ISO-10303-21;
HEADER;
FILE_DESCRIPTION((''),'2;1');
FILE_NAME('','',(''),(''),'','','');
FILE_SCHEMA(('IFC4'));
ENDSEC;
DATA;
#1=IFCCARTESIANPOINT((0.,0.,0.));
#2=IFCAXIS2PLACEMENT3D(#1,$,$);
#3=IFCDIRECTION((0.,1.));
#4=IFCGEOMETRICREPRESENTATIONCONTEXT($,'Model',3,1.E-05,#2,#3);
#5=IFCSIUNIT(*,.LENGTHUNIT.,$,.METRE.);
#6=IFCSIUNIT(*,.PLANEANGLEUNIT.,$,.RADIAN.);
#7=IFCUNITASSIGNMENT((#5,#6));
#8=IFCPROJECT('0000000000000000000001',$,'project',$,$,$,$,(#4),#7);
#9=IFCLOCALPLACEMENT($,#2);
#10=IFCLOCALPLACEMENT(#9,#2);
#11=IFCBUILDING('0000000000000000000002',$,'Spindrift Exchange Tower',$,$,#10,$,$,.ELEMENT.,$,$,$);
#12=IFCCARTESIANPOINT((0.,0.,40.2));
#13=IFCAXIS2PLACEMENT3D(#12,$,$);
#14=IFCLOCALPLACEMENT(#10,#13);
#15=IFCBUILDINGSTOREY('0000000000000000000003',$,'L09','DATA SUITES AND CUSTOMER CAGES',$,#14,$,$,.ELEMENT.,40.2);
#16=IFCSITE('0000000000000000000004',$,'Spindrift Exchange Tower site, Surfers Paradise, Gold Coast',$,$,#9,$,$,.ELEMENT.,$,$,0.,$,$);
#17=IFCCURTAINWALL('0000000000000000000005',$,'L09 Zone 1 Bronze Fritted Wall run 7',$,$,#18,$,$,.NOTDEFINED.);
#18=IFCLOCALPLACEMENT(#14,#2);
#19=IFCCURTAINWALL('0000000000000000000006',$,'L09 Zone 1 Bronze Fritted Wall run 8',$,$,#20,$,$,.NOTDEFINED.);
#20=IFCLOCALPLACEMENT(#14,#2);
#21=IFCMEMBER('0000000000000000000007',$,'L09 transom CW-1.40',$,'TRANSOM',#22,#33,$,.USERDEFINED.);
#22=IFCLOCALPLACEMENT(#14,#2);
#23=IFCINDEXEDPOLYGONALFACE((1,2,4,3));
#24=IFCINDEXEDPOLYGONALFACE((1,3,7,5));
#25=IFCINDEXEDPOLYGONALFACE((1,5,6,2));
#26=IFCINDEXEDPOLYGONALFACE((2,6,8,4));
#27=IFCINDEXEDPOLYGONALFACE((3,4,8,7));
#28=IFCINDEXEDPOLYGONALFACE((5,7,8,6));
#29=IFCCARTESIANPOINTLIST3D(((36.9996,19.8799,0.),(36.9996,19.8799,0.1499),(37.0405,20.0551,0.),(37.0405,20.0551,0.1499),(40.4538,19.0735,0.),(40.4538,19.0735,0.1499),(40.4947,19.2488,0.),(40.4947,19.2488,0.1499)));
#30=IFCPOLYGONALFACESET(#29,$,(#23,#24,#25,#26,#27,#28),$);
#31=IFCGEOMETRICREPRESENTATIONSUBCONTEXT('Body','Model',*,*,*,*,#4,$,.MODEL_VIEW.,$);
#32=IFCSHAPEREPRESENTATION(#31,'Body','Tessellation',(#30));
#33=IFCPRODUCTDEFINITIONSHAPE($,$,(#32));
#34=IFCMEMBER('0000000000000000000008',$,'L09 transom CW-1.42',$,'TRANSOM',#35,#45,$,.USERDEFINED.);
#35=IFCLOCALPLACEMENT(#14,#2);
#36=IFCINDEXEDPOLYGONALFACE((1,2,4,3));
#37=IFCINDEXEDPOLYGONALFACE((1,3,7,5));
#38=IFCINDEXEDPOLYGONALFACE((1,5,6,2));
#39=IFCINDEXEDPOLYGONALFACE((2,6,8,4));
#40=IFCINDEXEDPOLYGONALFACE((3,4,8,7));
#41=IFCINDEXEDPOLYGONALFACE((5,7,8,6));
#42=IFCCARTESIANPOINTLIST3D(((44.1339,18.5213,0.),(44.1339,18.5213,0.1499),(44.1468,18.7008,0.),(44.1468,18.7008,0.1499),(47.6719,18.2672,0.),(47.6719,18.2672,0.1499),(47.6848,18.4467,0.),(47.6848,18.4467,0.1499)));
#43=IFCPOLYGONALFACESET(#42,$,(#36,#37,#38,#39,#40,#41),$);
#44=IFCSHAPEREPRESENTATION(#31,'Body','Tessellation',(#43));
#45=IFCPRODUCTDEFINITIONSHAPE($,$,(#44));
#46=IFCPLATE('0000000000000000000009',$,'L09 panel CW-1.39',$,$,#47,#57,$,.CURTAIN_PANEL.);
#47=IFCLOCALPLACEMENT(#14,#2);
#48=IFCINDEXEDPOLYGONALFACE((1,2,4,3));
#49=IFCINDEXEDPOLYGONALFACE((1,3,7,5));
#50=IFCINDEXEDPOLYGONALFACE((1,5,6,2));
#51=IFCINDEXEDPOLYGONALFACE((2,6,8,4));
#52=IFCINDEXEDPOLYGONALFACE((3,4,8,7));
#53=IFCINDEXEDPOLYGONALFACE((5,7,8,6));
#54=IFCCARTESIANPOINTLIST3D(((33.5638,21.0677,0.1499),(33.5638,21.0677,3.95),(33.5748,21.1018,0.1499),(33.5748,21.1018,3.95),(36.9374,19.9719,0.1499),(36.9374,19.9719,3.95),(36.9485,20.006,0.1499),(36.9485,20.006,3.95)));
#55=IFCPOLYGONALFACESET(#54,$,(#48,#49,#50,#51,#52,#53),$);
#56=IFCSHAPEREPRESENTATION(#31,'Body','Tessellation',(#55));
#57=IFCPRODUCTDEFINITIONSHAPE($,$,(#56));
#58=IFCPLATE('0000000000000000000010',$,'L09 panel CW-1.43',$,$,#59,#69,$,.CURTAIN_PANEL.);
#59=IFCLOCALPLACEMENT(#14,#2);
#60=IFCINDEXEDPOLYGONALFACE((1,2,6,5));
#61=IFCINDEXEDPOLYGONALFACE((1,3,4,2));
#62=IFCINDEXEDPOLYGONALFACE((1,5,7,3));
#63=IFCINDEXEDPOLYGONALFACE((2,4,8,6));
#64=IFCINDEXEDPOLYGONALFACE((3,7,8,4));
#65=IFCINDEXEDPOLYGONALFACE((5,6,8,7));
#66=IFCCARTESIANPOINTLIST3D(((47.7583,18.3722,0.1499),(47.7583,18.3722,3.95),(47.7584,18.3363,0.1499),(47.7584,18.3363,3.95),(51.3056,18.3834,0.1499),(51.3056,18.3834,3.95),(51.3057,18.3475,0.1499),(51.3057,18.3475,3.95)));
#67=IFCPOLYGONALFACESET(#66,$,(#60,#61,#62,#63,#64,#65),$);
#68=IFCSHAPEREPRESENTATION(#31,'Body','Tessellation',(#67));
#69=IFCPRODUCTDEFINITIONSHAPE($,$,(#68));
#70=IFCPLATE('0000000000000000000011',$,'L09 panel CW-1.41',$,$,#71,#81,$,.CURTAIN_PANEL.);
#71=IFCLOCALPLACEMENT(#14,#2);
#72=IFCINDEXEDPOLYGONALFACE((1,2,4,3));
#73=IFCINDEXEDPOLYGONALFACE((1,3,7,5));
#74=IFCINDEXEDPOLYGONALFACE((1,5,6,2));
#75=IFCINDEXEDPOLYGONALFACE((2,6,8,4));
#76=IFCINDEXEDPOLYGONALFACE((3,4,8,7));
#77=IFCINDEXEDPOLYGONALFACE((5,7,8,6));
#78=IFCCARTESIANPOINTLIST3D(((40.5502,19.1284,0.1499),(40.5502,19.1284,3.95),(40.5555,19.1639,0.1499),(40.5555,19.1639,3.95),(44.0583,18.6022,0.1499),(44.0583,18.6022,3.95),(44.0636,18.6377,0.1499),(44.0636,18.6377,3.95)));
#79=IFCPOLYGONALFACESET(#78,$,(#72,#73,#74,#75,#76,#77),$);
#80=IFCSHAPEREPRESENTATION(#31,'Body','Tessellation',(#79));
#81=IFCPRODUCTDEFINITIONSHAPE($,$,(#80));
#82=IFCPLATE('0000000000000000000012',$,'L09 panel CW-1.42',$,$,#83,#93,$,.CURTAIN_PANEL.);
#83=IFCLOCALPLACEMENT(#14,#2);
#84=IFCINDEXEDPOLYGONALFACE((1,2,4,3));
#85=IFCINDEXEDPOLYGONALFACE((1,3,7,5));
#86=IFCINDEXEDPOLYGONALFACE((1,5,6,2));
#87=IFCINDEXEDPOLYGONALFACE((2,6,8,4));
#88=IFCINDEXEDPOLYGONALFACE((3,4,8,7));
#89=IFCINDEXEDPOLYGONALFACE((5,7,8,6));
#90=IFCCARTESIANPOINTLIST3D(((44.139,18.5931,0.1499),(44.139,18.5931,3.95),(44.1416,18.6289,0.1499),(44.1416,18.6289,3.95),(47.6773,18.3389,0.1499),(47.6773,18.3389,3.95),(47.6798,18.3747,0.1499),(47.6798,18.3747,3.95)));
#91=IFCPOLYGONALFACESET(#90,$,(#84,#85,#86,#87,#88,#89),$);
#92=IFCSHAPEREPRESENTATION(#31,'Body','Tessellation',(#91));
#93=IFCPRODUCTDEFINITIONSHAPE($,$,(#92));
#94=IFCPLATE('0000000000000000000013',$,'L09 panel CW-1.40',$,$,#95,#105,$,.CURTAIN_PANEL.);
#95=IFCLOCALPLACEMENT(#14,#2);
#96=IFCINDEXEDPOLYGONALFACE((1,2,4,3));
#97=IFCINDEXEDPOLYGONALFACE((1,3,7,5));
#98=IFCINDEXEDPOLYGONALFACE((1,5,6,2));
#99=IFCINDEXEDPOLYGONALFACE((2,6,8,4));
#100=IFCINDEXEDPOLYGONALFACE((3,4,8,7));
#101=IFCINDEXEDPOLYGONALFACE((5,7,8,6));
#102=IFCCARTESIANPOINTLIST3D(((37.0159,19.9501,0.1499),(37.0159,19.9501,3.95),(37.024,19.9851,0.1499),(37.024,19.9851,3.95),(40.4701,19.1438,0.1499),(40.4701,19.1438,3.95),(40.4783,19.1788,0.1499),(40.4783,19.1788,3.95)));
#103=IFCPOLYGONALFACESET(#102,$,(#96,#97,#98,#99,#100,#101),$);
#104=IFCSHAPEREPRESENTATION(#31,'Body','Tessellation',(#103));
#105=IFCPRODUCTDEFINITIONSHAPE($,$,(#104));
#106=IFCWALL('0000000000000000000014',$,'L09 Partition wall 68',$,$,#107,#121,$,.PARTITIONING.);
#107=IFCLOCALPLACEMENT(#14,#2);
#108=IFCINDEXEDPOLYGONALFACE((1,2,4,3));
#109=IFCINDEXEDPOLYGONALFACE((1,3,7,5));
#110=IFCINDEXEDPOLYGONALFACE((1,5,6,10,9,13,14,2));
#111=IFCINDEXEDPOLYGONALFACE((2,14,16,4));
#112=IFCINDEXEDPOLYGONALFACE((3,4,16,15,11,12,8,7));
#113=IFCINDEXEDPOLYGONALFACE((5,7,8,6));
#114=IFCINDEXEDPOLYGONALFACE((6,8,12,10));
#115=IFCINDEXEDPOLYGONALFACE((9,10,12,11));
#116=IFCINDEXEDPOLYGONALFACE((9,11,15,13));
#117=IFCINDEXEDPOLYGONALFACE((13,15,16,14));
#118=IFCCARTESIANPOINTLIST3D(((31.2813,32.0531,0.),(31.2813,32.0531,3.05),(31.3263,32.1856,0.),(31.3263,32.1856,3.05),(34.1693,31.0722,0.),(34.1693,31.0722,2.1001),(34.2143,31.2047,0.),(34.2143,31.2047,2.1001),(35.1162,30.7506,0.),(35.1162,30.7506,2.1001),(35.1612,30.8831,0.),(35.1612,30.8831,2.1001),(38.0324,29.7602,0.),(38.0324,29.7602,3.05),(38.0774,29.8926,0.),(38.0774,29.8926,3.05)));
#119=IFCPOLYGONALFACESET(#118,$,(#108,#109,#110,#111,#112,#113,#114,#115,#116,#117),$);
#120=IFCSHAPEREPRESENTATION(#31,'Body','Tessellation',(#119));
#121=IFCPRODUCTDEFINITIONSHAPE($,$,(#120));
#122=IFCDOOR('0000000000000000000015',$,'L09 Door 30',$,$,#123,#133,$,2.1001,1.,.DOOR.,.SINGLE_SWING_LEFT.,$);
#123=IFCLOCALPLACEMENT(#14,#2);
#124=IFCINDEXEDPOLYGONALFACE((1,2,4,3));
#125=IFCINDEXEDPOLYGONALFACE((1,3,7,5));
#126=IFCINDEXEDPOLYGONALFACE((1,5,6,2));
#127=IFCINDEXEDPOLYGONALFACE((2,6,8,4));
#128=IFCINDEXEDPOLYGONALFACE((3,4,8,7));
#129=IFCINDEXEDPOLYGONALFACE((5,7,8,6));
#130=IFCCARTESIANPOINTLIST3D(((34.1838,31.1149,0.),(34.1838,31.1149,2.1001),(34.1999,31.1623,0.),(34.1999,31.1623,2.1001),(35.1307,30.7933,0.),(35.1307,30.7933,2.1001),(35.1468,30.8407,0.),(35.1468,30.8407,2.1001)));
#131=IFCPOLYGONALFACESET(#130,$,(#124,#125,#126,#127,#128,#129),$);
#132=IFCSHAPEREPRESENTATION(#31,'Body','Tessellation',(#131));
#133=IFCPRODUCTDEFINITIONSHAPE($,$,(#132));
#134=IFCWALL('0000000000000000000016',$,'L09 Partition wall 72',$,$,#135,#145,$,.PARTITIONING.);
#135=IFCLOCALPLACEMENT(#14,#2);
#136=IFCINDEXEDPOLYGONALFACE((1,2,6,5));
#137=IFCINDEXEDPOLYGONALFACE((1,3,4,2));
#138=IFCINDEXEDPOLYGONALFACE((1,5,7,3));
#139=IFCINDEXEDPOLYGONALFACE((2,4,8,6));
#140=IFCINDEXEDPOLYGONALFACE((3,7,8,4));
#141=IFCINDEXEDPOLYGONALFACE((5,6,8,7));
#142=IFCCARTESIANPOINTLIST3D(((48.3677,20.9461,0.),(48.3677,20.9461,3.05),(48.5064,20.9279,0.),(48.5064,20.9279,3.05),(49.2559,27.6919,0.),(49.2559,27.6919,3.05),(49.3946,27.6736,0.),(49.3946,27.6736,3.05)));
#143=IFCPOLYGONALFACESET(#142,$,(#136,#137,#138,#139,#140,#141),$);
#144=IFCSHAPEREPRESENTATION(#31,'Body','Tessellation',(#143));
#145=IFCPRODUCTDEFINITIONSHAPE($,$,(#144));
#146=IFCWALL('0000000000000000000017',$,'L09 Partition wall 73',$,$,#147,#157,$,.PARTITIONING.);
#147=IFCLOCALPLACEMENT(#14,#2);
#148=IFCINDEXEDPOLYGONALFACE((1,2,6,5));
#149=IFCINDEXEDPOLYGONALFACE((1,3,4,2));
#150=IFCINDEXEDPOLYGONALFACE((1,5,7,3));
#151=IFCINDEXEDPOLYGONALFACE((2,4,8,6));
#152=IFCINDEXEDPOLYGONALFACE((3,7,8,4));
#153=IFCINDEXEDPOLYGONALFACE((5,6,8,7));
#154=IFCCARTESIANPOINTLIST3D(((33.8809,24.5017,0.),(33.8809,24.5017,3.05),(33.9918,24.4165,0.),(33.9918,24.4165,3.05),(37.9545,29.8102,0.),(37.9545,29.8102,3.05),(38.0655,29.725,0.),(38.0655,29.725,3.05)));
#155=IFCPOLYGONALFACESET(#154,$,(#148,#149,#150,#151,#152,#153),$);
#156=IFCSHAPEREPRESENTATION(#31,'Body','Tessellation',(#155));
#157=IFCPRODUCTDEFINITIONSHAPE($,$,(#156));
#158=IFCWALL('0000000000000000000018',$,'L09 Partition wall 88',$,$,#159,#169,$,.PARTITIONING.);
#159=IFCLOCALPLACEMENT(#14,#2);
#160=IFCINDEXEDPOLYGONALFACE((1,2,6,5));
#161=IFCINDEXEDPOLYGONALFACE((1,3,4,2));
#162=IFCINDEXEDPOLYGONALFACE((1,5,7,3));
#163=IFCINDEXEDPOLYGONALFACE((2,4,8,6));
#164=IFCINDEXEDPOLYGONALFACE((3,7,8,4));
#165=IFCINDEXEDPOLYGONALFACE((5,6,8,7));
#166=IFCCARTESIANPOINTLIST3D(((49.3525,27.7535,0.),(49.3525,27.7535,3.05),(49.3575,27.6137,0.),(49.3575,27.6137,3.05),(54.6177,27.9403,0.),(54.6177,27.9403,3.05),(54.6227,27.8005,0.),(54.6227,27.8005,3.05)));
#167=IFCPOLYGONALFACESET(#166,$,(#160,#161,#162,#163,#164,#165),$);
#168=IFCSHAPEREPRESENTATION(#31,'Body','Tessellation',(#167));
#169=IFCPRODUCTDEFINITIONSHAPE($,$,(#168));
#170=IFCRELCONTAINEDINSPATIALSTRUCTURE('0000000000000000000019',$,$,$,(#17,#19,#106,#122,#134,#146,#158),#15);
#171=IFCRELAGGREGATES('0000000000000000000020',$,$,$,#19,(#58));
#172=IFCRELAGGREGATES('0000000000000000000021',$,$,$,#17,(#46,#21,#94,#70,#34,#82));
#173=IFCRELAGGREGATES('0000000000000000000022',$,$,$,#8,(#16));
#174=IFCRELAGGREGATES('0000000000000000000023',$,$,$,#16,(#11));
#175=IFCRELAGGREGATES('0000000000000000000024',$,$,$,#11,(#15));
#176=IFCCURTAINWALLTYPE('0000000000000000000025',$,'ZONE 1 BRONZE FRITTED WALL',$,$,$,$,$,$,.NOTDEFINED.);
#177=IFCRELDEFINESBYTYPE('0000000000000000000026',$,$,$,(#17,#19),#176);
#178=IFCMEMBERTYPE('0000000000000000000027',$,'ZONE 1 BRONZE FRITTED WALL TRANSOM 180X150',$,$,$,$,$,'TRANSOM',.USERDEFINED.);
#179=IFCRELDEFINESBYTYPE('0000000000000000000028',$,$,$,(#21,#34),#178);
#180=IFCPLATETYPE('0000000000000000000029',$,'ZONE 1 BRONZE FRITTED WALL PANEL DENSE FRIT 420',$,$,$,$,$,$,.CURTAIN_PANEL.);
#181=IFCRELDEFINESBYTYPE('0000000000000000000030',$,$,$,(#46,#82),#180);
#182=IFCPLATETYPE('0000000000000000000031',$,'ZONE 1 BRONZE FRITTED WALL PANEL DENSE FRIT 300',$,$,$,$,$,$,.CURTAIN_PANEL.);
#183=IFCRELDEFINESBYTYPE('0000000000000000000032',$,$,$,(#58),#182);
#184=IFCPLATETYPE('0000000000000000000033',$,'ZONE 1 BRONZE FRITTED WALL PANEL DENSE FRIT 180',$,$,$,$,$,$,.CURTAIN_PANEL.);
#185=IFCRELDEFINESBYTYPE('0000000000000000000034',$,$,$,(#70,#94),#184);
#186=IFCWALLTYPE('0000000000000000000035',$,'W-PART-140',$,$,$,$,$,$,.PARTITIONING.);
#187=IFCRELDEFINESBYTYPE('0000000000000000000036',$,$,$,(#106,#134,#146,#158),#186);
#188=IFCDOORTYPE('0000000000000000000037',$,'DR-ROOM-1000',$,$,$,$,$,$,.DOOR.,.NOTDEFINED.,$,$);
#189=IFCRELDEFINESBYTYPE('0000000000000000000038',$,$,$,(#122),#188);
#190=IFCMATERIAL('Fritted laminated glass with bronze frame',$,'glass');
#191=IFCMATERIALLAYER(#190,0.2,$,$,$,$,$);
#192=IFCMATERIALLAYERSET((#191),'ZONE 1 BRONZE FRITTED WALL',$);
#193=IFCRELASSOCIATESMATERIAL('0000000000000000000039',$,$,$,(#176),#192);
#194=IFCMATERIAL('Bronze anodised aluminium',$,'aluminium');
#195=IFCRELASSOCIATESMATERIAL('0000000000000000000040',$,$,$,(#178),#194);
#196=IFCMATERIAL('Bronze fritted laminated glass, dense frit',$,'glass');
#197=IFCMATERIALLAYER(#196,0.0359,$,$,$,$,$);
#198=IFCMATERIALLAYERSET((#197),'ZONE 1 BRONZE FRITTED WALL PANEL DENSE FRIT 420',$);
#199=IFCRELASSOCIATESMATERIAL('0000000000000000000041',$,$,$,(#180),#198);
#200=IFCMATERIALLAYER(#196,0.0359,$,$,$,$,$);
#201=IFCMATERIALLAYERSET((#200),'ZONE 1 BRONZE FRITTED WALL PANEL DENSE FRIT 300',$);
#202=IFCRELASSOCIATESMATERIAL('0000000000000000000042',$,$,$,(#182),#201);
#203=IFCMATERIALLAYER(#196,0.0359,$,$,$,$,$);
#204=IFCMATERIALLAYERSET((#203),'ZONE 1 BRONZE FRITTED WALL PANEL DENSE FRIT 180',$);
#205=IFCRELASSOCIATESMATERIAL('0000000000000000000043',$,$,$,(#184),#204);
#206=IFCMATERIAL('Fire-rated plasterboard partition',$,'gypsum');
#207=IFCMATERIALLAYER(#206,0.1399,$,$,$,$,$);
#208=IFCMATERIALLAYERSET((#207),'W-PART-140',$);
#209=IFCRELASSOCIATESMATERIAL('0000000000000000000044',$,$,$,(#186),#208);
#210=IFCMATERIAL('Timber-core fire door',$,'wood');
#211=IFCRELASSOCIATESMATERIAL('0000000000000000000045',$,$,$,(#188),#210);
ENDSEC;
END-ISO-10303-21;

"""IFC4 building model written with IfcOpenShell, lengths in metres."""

from ifc_helpers import new_model, si_unit, direction, frame, frame_2d, origin, origin_2d, place, context, subcontext, project, spatial, rectangle, extrude, source, transform, mapped, material, layer, layer_set, material_profile, profile_set, type_object, element, fill, aggregate, save


model = new_model("IFC4")

# Units and contexts
model_context = context("Model", 3, precision=1e-05, world=origin(), true_north=direction((0.0, 1.0)))
body_context = subcontext(model_context, "Body", "Model", "MODEL_VIEW")
ifc_project = project(units=[si_unit("LENGTHUNIT", "METRE"), si_unit("PLANEANGLEUNIT", "RADIAN")], contexts=[model_context])

# Site, building, storey
site_placement = place(None, origin())
site = spatial("IfcSite", under=ifc_project, at=site_placement, Name="Spindrift Exchange Tower site, Surfers Paradise, Gold Coast", CompositionType="ELEMENT", RefElevation=0.0)
building_placement = place(site_placement, origin())
building = spatial("IfcBuilding", under=site, at=building_placement, Name="Spindrift Exchange Tower", CompositionType="ELEMENT")
storey_placement = place(building_placement, frame((0.0, 0.0, 40.2)))
storey = spatial("IfcBuildingStorey", under=building, at=storey_placement, Name="L09", Description="DATA SUITES AND CUSTOMER CAGES", CompositionType="ELEMENT", Elevation=40.2)

# Curtain wall
ifc_material_1 = material(Name="Fritted laminated glass with bronze frame", Category="glass")
ifc_layer_1 = layer(ifc_material_1, 0.2)
ifc_layer_set_1 = layer_set([ifc_layer_1], Name="ZONE 1 BRONZE FRITTED WALL")
curtain_wall_type = type_object("IfcCurtainWallType", Name="ZONE 1 BRONZE FRITTED WALL", PredefinedType="NOTDEFINED", material=ifc_layer_set_1)
curtain_wall_1_placement = place(storey_placement, origin())
curtain_wall_1 = element("IfcCurtainWall", 1, at=curtain_wall_1_placement, inside=storey, type_object=curtain_wall_type, Name="L09 Zone 1 Bronze Fritted Wall run 7", PredefinedType="NOTDEFINED")
ifc_material_2 = material(Name="Bronze anodised aluminium", Category="aluminium")

# Curtain wall
curtain_wall_2_placement = place(storey_placement, origin())
curtain_wall_2 = element("IfcCurtainWall", 2, at=curtain_wall_2_placement, inside=storey, type_object=curtain_wall_type, Name="L09 Zone 1 Bronze Fritted Wall run 8", PredefinedType="NOTDEFINED")

# Members
ifc_material_profile_1 = material_profile(ifc_material_2, rectangle(XDim=0.1799, YDim=0.1499, at=origin_2d()), Name="ZONE 1 BRONZE FRITTED WALL TRANSOM 180X150")
ifc_profile_set_1 = profile_set([ifc_material_profile_1], Name="Bronze anodised aluminium")
member_type_1 = type_object("IfcMemberType", Name="ZONE 1 BRONZE FRITTED WALL TRANSOM 180X150", ElementType="TRANSOM", PredefinedType="USERDEFINED", material=ifc_profile_set_1)
shared_shape_1 = source(origin(), body_context, "Body", "SweptSolid", [
    extrude(rectangle(XDim=0.1799, YDim=0.1499, at=origin_2d()), origin(), (0.0, 0.0, 1.0), 3.5471),
])
member_1_placement = place(storey_placement, frame((37.02, 19.9675, 0.075), z_axis=(0.973817, -0.227332, 0.0), x_axis=(0.227332, 0.973817, 0.0)))
member_1 = element("IfcMember", 3, at=member_1_placement, type_object=member_type_1, Name="L09 transom CW-1.40", ObjectType="TRANSOM", PredefinedType="USERDEFINED", context=body_context, shape_type="MappedRepresentation", body=[
    mapped(shared_shape_1, transform((0.0, 0.0, 0.0), scale=1.0)),
])
member_2_placement = place(storey_placement, frame((44.1404, 18.6111, 0.075), z_axis=(0.99743, -0.071648, 0.0), x_axis=(0.071648, 0.99743, 0.0)))
member_2 = element("IfcMember", 4, at=member_2_placement, type_object=member_type_1, Name="L09 transom CW-1.42", ObjectType="TRANSOM", PredefinedType="USERDEFINED", context=body_context, shape_type="MappedRepresentation", body=[
    mapped(shared_shape_1, transform((0.0, 0.0, 0.0), scale=1.0)),
])

# Plates
ifc_material_3 = material(Name="Bronze fritted laminated glass, dense frit", Category="glass")
ifc_layer_2 = layer(ifc_material_3, 0.0359)
ifc_layer_set_2 = layer_set([ifc_layer_2], Name="ZONE 1 BRONZE FRITTED WALL PANEL DENSE FRIT 420")
plate_type_1 = type_object("IfcPlateType", Name="ZONE 1 BRONZE FRITTED WALL PANEL DENSE FRIT 420", PredefinedType="CURTAIN_PANEL", material=ifc_layer_set_2)
shared_shape_2 = source(origin(), body_context, "Body", "SweptSolid", [
    extrude(rectangle(XDim=3.5471, YDim=0.0359, at=origin_2d()), origin(), (0.0, 0.0, 1.0), 3.8),
])
plate_1_placement = place(storey_placement, frame((35.2561, 20.5369, 0.1499), z_axis=(0.0, 0.0, 1.0), x_axis=(0.951087, -0.308924, 0.0)))
plate_1 = element("IfcPlate", 5, at=plate_1_placement, type_object=plate_type_1, Name="L09 panel CW-1.39", PredefinedType="CURTAIN_PANEL", context=body_context, shape_type="MappedRepresentation", body=[
    mapped(shared_shape_2, transform((0.0, 0.0, 0.0), scale=1.0)),
])
ifc_layer_3 = layer(ifc_material_3, 0.0359)
ifc_layer_set_3 = layer_set([ifc_layer_3], Name="ZONE 1 BRONZE FRITTED WALL PANEL DENSE FRIT 300")
plate_type_2 = type_object("IfcPlateType", Name="ZONE 1 BRONZE FRITTED WALL PANEL DENSE FRIT 300", PredefinedType="CURTAIN_PANEL", material=ifc_layer_set_3)
shared_shape_3 = source(origin(), body_context, "Body", "SweptSolid", [
    extrude(rectangle(XDim=3.5474, YDim=0.0359, at=origin_2d()), origin(), (0.0, 0.0, 1.0), 3.8),
])
plate_2_placement = place(storey_placement, frame((49.532, 18.3599, 0.1499), z_axis=(0.0, 0.0, 1.0), x_axis=(0.999995, 0.003171, 0.0)))
plate_2 = element("IfcPlate", 6, at=plate_2_placement, type_object=plate_type_2, Name="L09 panel CW-1.43", PredefinedType="CURTAIN_PANEL", context=body_context, shape_type="MappedRepresentation", body=[
    mapped(shared_shape_3, transform((0.0, 0.0, 0.0), scale=1.0)),
])
aggregate(curtain_wall_2, [plate_2])
ifc_layer_4 = layer(ifc_material_3, 0.0359)
ifc_layer_set_4 = layer_set([ifc_layer_4], Name="ZONE 1 BRONZE FRITTED WALL PANEL DENSE FRIT 180")
plate_type_3 = type_object("IfcPlateType", Name="ZONE 1 BRONZE FRITTED WALL PANEL DENSE FRIT 180", PredefinedType="CURTAIN_PANEL", material=ifc_layer_set_4)
shared_shape_4 = source(origin(), body_context, "Body", "SweptSolid", [
    extrude(rectangle(XDim=3.5474, YDim=0.0359, at=origin_2d()), origin(), (0.0, 0.0, 1.0), 3.8),
])
plate_3_placement = place(storey_placement, frame((42.3069, 18.8831, 0.1499), z_axis=(0.0, 0.0, 1.0), x_axis=(0.988935, -0.148346, 0.0)))
plate_3 = element("IfcPlate", 7, at=plate_3_placement, type_object=plate_type_3, Name="L09 panel CW-1.41", PredefinedType="CURTAIN_PANEL", context=body_context, shape_type="MappedRepresentation", body=[
    mapped(shared_shape_4, transform((0.0, 0.0, 0.0), scale=1.0)),
])
shared_shape_5 = source(origin(), body_context, "Body", "SweptSolid", [
    extrude(rectangle(XDim=3.5474, YDim=0.0359, at=origin_2d()), origin(), (0.0, 0.0, 1.0), 3.8),
])
plate_4_placement = place(storey_placement, frame((45.9094, 18.4839, 0.1499), z_axis=(0.0, 0.0, 1.0), x_axis=(0.99743, -0.071651, 0.0)))
plate_4 = element("IfcPlate", 8, at=plate_4_placement, type_object=plate_type_1, Name="L09 panel CW-1.42", PredefinedType="CURTAIN_PANEL", context=body_context, shape_type="MappedRepresentation", body=[
    mapped(shared_shape_5, transform((0.0, 0.0, 0.0), scale=1.0)),
])
shared_shape_6 = source(origin(), body_context, "Body", "SweptSolid", [
    extrude(rectangle(XDim=3.5471, YDim=0.0359, at=origin_2d()), origin(), (0.0, 0.0, 1.0), 3.8),
])
plate_5_placement = place(storey_placement, frame((38.7471, 19.5645, 0.1499), z_axis=(0.0, 0.0, 1.0), x_axis=(0.973822, -0.227313, 0.0)))
plate_5 = element("IfcPlate", 9, at=plate_5_placement, type_object=plate_type_3, Name="L09 panel CW-1.40", PredefinedType="CURTAIN_PANEL", context=body_context, shape_type="MappedRepresentation", body=[
    mapped(shared_shape_6, transform((0.0, 0.0, 0.0), scale=1.0)),
])
aggregate(curtain_wall_1, [plate_1, member_1, plate_5, plate_3, member_2, plate_4])

# Wall, opening, door
ifc_material_4 = material(Name="Fire-rated plasterboard partition", Category="gypsum")
ifc_layer_5 = layer(ifc_material_4, 0.1399)
ifc_layer_set_5 = layer_set([ifc_layer_5], Name="W-PART-140")
wall_type = type_object("IfcWallType", Name="W-PART-140", PredefinedType="PARTITIONING", material=ifc_layer_set_5)
wall_1_placement = place(storey_placement, frame((38.0549, 29.8264, 0.0), z_axis=(0.0, 0.0, 1.0), x_axis=(-0.946877, 0.321595, 0.0)))
wall_1 = element("IfcWall", 10, at=wall_1_placement, inside=storey, type_object=wall_type, Name="L09 Partition wall 68", PredefinedType="PARTITIONING", context=body_context, shape_type="SweptSolid", body=[
    extrude(rectangle(XDim=7.1299, YDim=0.1399, at=frame_2d((3.5649, 0.0))), origin(), (0.0, 0.0, 1.0), 3.05),
])
opening_placement = place(wall_1_placement, frame((3.0798, 0.0, 0.0)))
opening = element("IfcOpeningElement", 11, at=opening_placement, cuts=wall_1, PredefinedType="OPENING", context=body_context, shape_type="SweptSolid", body=[
    extrude(rectangle(XDim=1.0, YDim=2.1001, at=frame_2d((0.5, 1.05))), frame((0.0, 0.0798, 0.0), z_axis=(0.0, -1.0, 0.0), x_axis=(1.0, 0.0, 0.0)), (0.0, 0.0, 1.0), 0.1599),
])
ifc_material_5 = material(Name="Timber-core fire door", Category="wood")
door_type = type_object("IfcDoorType", Name="DR-ROOM-1000", OperationType="NOTDEFINED", PredefinedType="DOOR", material=ifc_material_5)
shared_shape_7 = source(origin(), body_context, "Body", "SweptSolid", [
    extrude(rectangle(XDim=1.0, YDim=2.1001, at=frame_2d((0.5, 1.05))), frame((0.0, 0.0249, 0.0), z_axis=(0.0, -1.0, 0.0), x_axis=(1.0, 0.0, 0.0)), (0.0, 0.0, 1.0), 0.05),
])
door_placement = place(opening_placement, origin())
door = element("IfcDoor", 12, at=door_placement, inside=storey, type_object=door_type, Name="L09 Door 30", OperationType="SINGLE_SWING_LEFT", OverallHeight=2.1001, OverallWidth=1.0, PredefinedType="DOOR", context=body_context, shape_type="MappedRepresentation", body=[
    mapped(shared_shape_7, transform((0.0, 0.0, 0.0), scale=1.0)),
])
fill(opening, door)

# Walls
wall_2_placement = place(storey_placement, frame((49.3252, 27.6826, 0.0), z_axis=(0.0, 0.0, 1.0), x_axis=(-0.130537, -0.991443, 0.0)))
element("IfcWall", 13, at=wall_2_placement, inside=storey, type_object=wall_type, Name="L09 Partition wall 72", PredefinedType="PARTITIONING", context=body_context, shape_type="SweptSolid", body=[
    extrude(rectangle(XDim=6.804, YDim=0.1399, at=frame_2d((3.4019, 0.0))), origin(), (0.0, 0.0, 1.0), 3.05),
])
wall_3_placement = place(storey_placement, frame((38.01, 29.7676, 0.0), z_axis=(0.0, 0.0, 1.0), x_axis=(-0.60879, -0.793331, 0.0)))
element("IfcWall", 14, at=wall_3_placement, inside=storey, type_object=wall_type, Name="L09 Partition wall 73", PredefinedType="PARTITIONING", context=body_context, shape_type="SweptSolid", body=[
    extrude(rectangle(XDim=6.6914, YDim=0.1399, at=frame_2d((3.3457, 0.0))), origin(), (0.0, 0.0, 1.0), 3.05),
])
wall_4_placement = place(storey_placement, frame((49.355, 27.6836, 0.0), z_axis=(0.0, 0.0, 1.0), x_axis=(0.999371, 0.03545, 0.0)))
element("IfcWall", 15, at=wall_4_placement, inside=storey, type_object=wall_type, Name="L09 Partition wall 88", PredefinedType="PARTITIONING", context=body_context, shape_type="SweptSolid", body=[
    extrude(rectangle(XDim=5.2686, YDim=0.1399, at=frame_2d((2.6343, 0.0))), origin(), (0.0, 0.0, 1.0), 3.05),
])

save(model, "model.ifc")
